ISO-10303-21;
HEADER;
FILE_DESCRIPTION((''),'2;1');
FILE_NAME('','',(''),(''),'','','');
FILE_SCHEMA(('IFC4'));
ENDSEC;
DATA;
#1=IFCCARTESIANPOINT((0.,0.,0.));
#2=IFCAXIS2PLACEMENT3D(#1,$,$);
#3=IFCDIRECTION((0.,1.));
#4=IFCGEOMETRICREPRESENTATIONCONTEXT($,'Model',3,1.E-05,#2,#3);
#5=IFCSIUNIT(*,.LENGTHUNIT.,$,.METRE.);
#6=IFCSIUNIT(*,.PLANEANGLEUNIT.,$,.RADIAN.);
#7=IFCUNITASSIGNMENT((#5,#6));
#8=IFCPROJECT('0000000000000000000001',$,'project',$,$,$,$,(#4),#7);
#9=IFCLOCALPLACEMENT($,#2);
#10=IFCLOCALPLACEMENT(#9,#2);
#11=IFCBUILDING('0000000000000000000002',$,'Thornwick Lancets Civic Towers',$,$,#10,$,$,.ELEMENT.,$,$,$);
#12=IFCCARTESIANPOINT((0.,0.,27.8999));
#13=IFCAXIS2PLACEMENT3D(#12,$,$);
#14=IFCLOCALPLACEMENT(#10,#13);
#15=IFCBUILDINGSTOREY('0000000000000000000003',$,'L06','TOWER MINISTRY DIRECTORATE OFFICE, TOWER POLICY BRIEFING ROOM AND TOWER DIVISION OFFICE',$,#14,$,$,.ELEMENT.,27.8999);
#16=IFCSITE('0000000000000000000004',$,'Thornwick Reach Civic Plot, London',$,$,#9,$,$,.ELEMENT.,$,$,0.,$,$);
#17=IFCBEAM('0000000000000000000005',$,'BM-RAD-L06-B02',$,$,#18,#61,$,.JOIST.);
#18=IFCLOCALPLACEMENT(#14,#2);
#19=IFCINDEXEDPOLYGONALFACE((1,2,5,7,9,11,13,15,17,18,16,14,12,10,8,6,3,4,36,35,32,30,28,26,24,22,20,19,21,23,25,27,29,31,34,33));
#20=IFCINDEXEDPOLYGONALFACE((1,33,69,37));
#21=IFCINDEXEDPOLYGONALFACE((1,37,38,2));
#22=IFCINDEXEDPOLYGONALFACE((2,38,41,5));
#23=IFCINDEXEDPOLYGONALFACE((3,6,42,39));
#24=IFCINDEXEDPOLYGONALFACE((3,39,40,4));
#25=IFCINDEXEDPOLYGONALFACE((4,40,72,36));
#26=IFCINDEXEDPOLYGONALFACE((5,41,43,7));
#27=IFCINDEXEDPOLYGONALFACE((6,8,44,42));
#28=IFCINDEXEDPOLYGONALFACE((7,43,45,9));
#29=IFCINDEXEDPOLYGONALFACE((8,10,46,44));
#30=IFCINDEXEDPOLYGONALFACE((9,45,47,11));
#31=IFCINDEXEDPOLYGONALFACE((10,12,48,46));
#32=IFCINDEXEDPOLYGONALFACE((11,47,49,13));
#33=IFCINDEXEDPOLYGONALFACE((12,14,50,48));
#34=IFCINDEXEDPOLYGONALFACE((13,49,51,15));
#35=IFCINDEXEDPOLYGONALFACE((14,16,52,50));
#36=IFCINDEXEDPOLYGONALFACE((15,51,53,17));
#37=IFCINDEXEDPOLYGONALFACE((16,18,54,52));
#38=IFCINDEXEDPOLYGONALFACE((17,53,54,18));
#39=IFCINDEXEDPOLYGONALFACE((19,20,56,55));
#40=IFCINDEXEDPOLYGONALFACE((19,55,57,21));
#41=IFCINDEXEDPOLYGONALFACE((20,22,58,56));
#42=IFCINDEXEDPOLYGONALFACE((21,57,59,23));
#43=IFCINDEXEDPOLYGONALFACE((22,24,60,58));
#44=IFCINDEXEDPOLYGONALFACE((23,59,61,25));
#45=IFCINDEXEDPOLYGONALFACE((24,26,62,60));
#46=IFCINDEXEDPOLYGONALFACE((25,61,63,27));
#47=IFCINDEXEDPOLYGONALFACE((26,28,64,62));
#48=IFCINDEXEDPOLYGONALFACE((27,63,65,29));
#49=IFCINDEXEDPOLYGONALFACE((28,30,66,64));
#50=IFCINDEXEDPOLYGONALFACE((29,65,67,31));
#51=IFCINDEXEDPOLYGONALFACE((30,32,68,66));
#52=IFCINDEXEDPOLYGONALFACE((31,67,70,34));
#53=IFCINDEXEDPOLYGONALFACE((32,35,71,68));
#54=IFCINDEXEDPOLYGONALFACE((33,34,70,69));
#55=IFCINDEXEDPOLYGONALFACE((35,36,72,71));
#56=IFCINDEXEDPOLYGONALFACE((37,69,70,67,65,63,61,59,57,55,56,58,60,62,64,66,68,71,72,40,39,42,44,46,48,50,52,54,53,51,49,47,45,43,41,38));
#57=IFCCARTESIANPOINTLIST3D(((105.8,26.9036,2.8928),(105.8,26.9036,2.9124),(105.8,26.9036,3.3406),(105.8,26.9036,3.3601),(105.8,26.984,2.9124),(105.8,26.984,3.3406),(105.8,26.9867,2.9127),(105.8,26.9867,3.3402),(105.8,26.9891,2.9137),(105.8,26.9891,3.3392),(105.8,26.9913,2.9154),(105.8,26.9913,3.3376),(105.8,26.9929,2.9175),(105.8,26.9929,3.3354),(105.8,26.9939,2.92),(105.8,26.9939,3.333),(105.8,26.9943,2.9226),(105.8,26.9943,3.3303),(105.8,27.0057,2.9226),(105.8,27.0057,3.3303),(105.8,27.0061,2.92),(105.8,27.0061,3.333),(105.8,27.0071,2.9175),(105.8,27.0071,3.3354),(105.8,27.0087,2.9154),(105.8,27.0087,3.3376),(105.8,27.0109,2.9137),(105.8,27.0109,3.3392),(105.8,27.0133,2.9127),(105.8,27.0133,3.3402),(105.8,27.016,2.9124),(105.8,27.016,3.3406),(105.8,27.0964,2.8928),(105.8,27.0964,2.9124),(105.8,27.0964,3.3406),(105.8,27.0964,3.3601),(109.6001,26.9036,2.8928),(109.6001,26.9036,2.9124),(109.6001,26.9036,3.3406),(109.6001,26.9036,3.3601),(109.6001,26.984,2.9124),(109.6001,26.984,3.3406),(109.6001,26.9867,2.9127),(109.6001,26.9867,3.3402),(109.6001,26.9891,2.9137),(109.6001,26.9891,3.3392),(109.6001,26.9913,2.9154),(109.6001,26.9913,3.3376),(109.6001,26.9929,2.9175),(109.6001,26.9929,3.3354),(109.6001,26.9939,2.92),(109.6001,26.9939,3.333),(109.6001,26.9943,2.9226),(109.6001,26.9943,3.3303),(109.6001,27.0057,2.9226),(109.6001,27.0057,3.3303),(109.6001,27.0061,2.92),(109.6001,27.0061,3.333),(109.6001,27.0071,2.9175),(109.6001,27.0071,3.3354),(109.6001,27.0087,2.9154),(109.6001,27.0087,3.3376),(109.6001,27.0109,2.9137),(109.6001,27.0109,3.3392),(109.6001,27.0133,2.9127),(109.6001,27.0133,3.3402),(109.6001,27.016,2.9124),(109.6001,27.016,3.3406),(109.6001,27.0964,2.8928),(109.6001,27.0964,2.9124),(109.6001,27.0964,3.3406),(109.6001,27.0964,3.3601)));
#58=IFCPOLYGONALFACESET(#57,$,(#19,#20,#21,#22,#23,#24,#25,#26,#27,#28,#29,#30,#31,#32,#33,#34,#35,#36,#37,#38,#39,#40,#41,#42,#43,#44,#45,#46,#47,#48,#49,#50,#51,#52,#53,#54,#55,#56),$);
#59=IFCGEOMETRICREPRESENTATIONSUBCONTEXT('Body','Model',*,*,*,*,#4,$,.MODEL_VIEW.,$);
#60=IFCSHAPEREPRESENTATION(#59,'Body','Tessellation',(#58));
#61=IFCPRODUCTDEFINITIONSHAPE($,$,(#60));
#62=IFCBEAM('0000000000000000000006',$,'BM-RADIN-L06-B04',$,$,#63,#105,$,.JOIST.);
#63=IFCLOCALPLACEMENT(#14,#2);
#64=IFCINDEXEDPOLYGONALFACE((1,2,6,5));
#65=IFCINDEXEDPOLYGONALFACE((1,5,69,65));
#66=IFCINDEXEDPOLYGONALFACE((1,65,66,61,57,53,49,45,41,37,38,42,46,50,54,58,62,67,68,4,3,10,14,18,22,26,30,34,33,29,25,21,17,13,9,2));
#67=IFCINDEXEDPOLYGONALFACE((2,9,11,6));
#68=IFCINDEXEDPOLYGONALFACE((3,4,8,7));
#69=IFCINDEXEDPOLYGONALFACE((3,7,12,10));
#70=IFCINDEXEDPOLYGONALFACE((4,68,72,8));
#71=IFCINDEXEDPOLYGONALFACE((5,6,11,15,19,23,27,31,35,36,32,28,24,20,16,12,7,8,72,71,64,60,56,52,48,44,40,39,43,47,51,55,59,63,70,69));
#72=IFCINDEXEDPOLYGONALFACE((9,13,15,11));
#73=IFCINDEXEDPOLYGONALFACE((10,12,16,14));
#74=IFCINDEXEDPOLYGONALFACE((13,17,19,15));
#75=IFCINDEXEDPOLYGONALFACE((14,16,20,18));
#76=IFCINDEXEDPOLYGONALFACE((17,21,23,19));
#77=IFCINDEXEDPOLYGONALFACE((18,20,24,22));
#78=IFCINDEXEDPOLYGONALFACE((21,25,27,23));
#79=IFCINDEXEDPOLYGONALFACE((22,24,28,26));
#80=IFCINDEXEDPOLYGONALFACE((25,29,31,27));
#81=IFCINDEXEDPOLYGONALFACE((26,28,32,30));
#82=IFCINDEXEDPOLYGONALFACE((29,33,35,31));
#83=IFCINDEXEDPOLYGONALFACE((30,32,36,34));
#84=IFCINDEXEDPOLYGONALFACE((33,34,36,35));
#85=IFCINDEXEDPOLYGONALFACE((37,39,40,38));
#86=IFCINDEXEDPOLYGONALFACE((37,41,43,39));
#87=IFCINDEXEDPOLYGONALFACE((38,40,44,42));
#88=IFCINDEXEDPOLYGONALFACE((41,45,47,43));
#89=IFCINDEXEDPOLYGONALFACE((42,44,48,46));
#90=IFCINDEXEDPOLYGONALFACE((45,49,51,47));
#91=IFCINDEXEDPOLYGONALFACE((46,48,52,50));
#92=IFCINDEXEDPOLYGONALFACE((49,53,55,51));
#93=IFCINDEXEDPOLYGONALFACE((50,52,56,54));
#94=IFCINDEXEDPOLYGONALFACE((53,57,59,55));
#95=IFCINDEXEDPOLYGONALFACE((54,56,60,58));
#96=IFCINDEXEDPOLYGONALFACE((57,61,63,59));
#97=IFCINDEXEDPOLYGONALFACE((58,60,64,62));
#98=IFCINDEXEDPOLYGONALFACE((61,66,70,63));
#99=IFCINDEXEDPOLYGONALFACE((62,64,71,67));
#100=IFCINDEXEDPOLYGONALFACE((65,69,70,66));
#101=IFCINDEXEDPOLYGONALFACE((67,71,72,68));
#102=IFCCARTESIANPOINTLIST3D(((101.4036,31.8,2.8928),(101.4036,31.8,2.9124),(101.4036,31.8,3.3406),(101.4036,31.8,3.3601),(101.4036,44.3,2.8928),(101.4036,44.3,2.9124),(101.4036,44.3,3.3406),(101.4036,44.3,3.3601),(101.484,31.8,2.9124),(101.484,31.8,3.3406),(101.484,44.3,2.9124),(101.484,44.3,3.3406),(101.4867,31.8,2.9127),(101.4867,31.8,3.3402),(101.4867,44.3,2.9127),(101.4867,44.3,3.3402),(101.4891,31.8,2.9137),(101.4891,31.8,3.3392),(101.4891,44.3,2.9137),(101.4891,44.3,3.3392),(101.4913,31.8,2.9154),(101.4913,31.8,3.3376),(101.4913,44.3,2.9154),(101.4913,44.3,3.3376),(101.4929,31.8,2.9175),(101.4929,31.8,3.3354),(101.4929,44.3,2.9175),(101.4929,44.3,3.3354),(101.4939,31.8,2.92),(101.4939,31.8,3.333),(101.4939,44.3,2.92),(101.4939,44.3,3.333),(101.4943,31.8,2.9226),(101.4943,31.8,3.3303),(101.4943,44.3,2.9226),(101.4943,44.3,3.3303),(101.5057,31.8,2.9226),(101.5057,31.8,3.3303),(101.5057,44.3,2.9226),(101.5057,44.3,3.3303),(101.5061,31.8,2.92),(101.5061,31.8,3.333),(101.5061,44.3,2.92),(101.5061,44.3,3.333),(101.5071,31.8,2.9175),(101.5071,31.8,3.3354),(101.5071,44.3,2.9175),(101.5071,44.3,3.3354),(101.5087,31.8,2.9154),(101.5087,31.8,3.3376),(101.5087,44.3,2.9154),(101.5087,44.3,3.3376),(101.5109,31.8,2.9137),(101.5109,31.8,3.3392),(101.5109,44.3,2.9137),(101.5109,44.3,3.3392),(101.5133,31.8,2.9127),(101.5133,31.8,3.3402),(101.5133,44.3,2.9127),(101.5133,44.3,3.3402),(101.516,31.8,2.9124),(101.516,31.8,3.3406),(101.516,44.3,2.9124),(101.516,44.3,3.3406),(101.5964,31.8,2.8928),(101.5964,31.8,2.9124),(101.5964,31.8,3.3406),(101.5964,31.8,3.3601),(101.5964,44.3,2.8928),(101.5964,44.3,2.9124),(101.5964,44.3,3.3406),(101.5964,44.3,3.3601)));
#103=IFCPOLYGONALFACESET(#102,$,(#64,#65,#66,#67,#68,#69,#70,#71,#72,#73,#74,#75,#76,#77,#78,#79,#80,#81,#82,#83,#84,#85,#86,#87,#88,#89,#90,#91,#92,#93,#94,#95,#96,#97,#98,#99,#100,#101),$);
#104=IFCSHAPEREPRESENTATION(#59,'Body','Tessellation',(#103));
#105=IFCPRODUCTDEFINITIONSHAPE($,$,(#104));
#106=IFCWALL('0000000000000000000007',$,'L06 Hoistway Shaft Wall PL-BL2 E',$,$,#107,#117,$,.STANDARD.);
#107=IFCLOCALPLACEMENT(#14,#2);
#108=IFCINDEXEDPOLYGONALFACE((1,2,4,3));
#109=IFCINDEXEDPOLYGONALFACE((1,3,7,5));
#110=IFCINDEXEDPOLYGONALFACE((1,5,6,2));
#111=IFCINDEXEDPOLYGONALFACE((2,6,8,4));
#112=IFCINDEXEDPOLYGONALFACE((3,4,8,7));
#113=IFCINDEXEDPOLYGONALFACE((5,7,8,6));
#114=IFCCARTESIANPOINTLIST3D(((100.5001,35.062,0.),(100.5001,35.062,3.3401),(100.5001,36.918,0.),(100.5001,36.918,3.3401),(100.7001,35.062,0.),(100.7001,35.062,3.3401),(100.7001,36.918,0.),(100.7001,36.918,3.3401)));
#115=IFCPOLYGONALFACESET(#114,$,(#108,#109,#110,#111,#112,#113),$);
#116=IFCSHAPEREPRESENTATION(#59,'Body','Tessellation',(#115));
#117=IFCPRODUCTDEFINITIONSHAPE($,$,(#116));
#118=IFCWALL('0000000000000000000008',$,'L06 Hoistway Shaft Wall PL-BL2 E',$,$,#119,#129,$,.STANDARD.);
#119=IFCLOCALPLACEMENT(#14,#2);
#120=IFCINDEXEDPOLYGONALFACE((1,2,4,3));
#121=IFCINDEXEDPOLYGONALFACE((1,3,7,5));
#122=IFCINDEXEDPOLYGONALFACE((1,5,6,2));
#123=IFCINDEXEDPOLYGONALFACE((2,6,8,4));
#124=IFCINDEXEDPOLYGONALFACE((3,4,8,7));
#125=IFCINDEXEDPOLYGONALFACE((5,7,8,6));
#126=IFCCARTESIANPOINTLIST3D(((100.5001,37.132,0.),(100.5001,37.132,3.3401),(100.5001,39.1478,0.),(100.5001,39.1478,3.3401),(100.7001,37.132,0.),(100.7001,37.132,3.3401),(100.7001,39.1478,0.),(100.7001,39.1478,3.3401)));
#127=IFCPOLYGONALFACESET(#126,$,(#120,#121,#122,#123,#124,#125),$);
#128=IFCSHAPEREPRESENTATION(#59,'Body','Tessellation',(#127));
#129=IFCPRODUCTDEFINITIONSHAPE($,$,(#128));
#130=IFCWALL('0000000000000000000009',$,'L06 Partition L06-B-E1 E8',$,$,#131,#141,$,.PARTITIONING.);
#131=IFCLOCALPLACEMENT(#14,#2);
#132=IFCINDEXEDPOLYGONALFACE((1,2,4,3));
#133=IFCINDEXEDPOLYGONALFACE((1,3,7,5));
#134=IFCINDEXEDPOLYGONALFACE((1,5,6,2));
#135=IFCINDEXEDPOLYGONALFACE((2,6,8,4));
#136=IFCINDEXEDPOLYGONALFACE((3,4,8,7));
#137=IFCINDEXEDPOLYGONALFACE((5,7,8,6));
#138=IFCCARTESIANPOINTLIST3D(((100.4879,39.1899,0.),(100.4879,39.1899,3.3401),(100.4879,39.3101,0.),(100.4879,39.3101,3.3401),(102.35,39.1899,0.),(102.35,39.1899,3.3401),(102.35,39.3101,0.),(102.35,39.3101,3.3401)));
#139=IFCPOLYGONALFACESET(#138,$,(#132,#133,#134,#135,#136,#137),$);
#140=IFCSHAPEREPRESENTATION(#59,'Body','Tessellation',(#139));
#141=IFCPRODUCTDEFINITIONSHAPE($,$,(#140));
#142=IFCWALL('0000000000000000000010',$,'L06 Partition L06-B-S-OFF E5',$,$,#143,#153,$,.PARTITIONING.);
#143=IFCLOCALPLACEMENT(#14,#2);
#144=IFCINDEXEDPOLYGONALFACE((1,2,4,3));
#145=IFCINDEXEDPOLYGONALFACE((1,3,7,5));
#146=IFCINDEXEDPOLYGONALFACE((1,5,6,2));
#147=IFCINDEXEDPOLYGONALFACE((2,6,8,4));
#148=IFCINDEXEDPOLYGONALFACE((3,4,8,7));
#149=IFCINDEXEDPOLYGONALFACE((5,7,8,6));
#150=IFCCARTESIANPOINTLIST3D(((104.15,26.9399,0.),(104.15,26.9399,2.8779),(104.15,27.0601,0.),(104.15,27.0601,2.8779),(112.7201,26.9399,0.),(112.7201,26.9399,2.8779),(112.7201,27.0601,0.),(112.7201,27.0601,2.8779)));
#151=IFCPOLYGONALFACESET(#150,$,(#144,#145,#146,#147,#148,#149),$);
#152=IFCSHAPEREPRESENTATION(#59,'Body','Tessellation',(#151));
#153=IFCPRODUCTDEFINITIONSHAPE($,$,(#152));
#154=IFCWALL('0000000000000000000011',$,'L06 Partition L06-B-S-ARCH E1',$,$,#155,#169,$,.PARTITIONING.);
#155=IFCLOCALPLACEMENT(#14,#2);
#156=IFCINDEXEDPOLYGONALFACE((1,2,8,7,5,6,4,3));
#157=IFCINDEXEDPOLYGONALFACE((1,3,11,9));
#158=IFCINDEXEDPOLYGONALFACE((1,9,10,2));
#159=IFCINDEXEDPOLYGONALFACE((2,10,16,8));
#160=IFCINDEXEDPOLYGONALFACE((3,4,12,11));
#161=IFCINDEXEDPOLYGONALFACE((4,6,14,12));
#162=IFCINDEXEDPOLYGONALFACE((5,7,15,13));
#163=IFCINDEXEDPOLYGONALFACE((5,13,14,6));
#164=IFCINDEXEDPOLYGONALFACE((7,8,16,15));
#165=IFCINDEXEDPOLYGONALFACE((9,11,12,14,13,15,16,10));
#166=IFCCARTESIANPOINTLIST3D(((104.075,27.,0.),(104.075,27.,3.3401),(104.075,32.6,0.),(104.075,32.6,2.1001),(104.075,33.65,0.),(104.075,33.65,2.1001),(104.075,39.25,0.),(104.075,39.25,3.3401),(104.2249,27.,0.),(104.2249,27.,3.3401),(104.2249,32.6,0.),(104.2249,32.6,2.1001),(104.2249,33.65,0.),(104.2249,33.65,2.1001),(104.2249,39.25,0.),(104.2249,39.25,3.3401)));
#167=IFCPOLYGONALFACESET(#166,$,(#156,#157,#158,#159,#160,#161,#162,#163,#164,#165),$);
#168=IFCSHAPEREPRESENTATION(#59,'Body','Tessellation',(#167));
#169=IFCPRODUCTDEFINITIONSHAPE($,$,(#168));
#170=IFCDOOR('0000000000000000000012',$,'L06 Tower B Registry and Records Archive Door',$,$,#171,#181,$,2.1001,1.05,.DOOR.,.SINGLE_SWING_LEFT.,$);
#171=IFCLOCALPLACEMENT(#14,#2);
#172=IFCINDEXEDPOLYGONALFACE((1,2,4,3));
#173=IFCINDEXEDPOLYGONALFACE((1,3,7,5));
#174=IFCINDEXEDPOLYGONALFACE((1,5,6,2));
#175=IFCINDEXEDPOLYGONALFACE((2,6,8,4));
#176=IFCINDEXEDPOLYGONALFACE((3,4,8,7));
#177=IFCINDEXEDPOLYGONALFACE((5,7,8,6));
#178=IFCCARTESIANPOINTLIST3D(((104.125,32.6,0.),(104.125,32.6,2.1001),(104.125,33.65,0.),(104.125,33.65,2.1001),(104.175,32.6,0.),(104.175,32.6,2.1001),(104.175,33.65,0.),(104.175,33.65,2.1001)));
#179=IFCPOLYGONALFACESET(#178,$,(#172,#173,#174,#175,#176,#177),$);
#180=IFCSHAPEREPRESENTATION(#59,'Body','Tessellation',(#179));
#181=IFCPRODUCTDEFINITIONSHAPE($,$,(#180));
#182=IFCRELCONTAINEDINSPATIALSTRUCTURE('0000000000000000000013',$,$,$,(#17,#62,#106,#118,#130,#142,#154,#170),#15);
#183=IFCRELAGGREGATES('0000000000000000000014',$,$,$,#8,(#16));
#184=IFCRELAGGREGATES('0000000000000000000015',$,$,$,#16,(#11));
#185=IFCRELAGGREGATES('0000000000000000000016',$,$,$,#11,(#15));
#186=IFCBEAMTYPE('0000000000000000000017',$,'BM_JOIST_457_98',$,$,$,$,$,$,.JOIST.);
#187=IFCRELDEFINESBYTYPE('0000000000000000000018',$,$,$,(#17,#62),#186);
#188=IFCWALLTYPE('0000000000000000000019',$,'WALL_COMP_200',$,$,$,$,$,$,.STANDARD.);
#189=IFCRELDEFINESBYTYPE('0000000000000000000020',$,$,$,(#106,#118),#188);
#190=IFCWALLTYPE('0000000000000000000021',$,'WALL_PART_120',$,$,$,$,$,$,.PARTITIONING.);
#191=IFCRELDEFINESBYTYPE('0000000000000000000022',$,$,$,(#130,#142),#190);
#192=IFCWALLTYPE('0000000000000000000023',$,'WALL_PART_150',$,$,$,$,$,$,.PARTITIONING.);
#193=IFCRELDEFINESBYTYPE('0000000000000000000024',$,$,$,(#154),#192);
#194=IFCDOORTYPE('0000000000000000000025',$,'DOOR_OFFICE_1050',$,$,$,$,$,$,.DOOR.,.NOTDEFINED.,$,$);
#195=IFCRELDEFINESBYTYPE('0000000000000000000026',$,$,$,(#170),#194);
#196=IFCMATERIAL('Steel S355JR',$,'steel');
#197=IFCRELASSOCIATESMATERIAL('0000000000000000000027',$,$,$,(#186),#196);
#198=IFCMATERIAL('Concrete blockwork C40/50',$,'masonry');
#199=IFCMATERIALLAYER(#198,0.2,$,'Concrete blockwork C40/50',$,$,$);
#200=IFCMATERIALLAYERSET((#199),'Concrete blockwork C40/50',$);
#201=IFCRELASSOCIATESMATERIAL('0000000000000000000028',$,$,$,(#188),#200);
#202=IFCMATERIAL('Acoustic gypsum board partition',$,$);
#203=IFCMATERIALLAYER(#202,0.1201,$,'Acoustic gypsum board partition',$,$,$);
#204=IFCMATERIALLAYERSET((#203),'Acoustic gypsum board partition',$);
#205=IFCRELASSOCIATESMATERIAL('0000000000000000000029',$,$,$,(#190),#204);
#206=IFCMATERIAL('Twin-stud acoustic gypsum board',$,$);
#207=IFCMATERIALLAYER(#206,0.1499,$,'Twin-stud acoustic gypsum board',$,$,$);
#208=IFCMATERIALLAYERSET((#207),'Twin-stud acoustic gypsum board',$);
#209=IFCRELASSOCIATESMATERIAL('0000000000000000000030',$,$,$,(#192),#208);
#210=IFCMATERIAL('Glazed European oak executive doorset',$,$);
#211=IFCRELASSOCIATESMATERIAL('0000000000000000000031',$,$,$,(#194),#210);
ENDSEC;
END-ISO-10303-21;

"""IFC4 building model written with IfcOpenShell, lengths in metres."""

from ifc_helpers import new_model, si_unit, direction, frame, frame_2d, origin, origin_2d, place, context, subcontext, project, spatial, rectangle, i_section, extrude, material, layer, layer_set, material_profile, profile_set, type_object, element, fill, save


model = new_model("IFC4")

# Units and contexts
model_context = context("Model", 3, precision=1e-05, world=origin(), true_north=direction((0.0, 1.0)))
body_context = subcontext(model_context, "Body", "Model", "MODEL_VIEW")
ifc_project = project(units=[si_unit("LENGTHUNIT", "METRE"), si_unit("PLANEANGLEUNIT", "RADIAN")], contexts=[model_context])

# Site, building, storey
site_placement = place(None, origin())
site = spatial("IfcSite", under=ifc_project, at=site_placement, Name="Thornwick Reach Civic Plot, London", CompositionType="ELEMENT", RefElevation=0.0)
building_placement = place(site_placement, origin())
building = spatial("IfcBuilding", under=site, at=building_placement, Name="Thornwick Lancets Civic Towers", CompositionType="ELEMENT")
storey_placement = place(building_placement, frame((0.0, 0.0, 27.8999)))
storey = spatial("IfcBuildingStorey", under=building, at=storey_placement, Name="L06", Description="TOWER MINISTRY DIRECTORATE OFFICE, TOWER POLICY BRIEFING ROOM AND TOWER DIVISION OFFICE", CompositionType="ELEMENT", Elevation=27.8999)

# Beams
ifc_material_1 = material(Name="Steel S355JR", Category="steel")
ifc_material_profile_1 = material_profile(ifc_material_1, i_section(OverallWidth=0.1929, OverallDepth=0.4673, WebThickness=0.0115, FlangeThickness=0.0195, FilletRadius=0.0103, at=origin_2d()), Name="UKB 457x191x98")
ifc_profile_set_1 = profile_set([ifc_material_profile_1], Name="Steel S355JR")
beam_type_1 = type_object("IfcBeamType", Name="BM_JOIST_457_98", PredefinedType="JOIST", material=ifc_profile_set_1)
beam_1_placement = place(storey_placement, frame((105.8, 27.0, 3.1265), z_axis=(1.0, 0.0, 0.0), x_axis=(0.0, 1.0, 0.0)))
element("IfcBeam", 1, at=beam_1_placement, inside=storey, type_object=beam_type_1, Name="BM-RAD-L06-B02", PredefinedType="JOIST", context=body_context, shape_type="SweptSolid", body=[
    extrude(i_section(OverallWidth=0.1929, OverallDepth=0.4673, WebThickness=0.0115, FlangeThickness=0.0195, FilletRadius=0.0103, at=origin_2d()), origin(), (0.0, 0.0, 1.0), 3.8),
])
beam_2_placement = place(storey_placement, frame((101.5, 31.8, 3.1265), z_axis=(0.0, 1.0, 0.0), x_axis=(-1.0, 0.0, 0.0)))
element("IfcBeam", 2, at=beam_2_placement, inside=storey, type_object=beam_type_1, Name="BM-RADIN-L06-B04", PredefinedType="JOIST", context=body_context, shape_type="SweptSolid", body=[
    extrude(i_section(OverallWidth=0.1929, OverallDepth=0.4673, WebThickness=0.0115, FlangeThickness=0.0195, FilletRadius=0.0103, at=origin_2d()), origin(), (0.0, 0.0, 1.0), 12.5),
])

# Walls
ifc_material_2 = material(Name="Concrete blockwork C40/50", Category="masonry")
ifc_layer_1 = layer(ifc_material_2, 0.2, Name="Concrete blockwork C40/50")
ifc_layer_set_1 = layer_set([ifc_layer_1], Name="Concrete blockwork C40/50")
wall_type_1 = type_object("IfcWallType", Name="WALL_COMP_200", PredefinedType="STANDARD", material=ifc_layer_set_1)
wall_1_placement = place(storey_placement, frame((100.6001, 35.062, 0.0), z_axis=(0.0, 0.0, 1.0), x_axis=(0.0, 1.0, 0.0)))
element("IfcWall", 3, at=wall_1_placement, inside=storey, type_object=wall_type_1, Name="L06 Hoistway Shaft Wall PL-BL2 E", PredefinedType="STANDARD", context=body_context, shape_type="SweptSolid", body=[
    extrude(rectangle(XDim=1.856, YDim=0.2, at=frame_2d((0.928, 0.0))), origin(), (0.0, 0.0, 1.0), 3.3401),
])
wall_2_placement = place(storey_placement, frame((100.6001, 37.1321, 0.0), z_axis=(0.0, 0.0, 1.0), x_axis=(0.0, 1.0, 0.0)))
element("IfcWall", 4, at=wall_2_placement, inside=storey, type_object=wall_type_1, Name="L06 Hoistway Shaft Wall PL-BL2 E", PredefinedType="STANDARD", context=body_context, shape_type="SweptSolid", body=[
    extrude(rectangle(XDim=2.0159, YDim=0.2, at=frame_2d((1.0078, 0.0))), origin(), (0.0, 0.0, 1.0), 3.3401),
])
ifc_material_3 = material(Name="Acoustic gypsum board partition")
ifc_layer_2 = layer(ifc_material_3, 0.1201, Name="Acoustic gypsum board partition")
ifc_layer_set_2 = layer_set([ifc_layer_2], Name="Acoustic gypsum board partition")
wall_type_2 = type_object("IfcWallType", Name="WALL_PART_120", PredefinedType="PARTITIONING", material=ifc_layer_set_2)
wall_3_placement = place(storey_placement, frame((102.3501, 39.25, 0.0), z_axis=(0.0, 0.0, 1.0), x_axis=(-1.0, 0.0, 0.0)))
element("IfcWall", 5, at=wall_3_placement, inside=storey, type_object=wall_type_2, Name="L06 Partition L06-B-E1 E8", PredefinedType="PARTITIONING", context=body_context, shape_type="SweptSolid", body=[
    extrude(rectangle(XDim=1.8621, YDim=0.1201, at=frame_2d((0.9312, 0.0))), origin(), (0.0, 0.0, 1.0), 3.3401),
])
wall_4_placement = place(storey_placement, frame((104.1499, 27.0, 0.0), z_axis=(0.0, 0.0, 1.0), x_axis=(1.0, 0.0, 0.0)))
element("IfcWall", 6, at=wall_4_placement, inside=storey, type_object=wall_type_2, Name="L06 Partition L06-B-S-OFF E5", PredefinedType="PARTITIONING", context=body_context, shape_type="SweptSolid", body=[
    extrude(rectangle(XDim=8.5701, YDim=0.1201, at=frame_2d((4.2852, 0.0))), origin(), (0.0, 0.0, 1.0), 2.8779),
])

# Wall, opening, door
ifc_material_4 = material(Name="Twin-stud acoustic gypsum board")
ifc_layer_3 = layer(ifc_material_4, 0.1499, Name="Twin-stud acoustic gypsum board")
ifc_layer_set_3 = layer_set([ifc_layer_3], Name="Twin-stud acoustic gypsum board")
wall_type_3 = type_object("IfcWallType", Name="WALL_PART_150", PredefinedType="PARTITIONING", material=ifc_layer_set_3)
wall_5_placement = place(storey_placement, frame((104.1499, 27.0, 0.0), z_axis=(0.0, 0.0, 1.0), x_axis=(0.0, 1.0, 0.0)))
wall_5 = element("IfcWall", 7, at=wall_5_placement, inside=storey, type_object=wall_type_3, Name="L06 Partition L06-B-S-ARCH E1", PredefinedType="PARTITIONING", context=body_context, shape_type="SweptSolid", body=[
    extrude(rectangle(XDim=12.25, YDim=0.1499, at=frame_2d((6.125, 0.0))), origin(), (0.0, 0.0, 1.0), 3.3401),
])
opening_placement = place(wall_5_placement, frame((5.6001, 0.0, 0.0)))
opening = element("IfcOpeningElement", 8, at=opening_placement, cuts=wall_5, PredefinedType="OPENING", context=body_context, shape_type="SweptSolid", body=[
    extrude(rectangle(XDim=1.05, YDim=2.1001, at=frame_2d((0.5249, 1.05))), frame((0.0, 0.085, 0.0), z_axis=(0.0, -1.0, 0.0), x_axis=(1.0, 0.0, 0.0)), (0.0, 0.0, 1.0), 0.1699),
])
ifc_material_5 = material(Name="Glazed European oak executive doorset")
door_type = type_object("IfcDoorType", Name="DOOR_OFFICE_1050", OperationType="NOTDEFINED", PredefinedType="DOOR", material=ifc_material_5)
door_placement = place(opening_placement, origin())
door = element("IfcDoor", 9, at=door_placement, inside=storey, type_object=door_type, Name="L06 Tower B Registry and Records Archive Door", OperationType="SINGLE_SWING_LEFT", OverallHeight=2.1001, OverallWidth=1.05, PredefinedType="DOOR", context=body_context, shape_type="SweptSolid", body=[
    extrude(rectangle(XDim=1.05, YDim=2.1001, at=frame_2d((0.5249, 1.05))), frame((0.0, 0.0249, 0.0), z_axis=(0.0, -1.0, 0.0), x_axis=(1.0, 0.0, 0.0)), (0.0, 0.0, 1.0), 0.05),
])
fill(opening, door)

save(model, "model.ifc")
